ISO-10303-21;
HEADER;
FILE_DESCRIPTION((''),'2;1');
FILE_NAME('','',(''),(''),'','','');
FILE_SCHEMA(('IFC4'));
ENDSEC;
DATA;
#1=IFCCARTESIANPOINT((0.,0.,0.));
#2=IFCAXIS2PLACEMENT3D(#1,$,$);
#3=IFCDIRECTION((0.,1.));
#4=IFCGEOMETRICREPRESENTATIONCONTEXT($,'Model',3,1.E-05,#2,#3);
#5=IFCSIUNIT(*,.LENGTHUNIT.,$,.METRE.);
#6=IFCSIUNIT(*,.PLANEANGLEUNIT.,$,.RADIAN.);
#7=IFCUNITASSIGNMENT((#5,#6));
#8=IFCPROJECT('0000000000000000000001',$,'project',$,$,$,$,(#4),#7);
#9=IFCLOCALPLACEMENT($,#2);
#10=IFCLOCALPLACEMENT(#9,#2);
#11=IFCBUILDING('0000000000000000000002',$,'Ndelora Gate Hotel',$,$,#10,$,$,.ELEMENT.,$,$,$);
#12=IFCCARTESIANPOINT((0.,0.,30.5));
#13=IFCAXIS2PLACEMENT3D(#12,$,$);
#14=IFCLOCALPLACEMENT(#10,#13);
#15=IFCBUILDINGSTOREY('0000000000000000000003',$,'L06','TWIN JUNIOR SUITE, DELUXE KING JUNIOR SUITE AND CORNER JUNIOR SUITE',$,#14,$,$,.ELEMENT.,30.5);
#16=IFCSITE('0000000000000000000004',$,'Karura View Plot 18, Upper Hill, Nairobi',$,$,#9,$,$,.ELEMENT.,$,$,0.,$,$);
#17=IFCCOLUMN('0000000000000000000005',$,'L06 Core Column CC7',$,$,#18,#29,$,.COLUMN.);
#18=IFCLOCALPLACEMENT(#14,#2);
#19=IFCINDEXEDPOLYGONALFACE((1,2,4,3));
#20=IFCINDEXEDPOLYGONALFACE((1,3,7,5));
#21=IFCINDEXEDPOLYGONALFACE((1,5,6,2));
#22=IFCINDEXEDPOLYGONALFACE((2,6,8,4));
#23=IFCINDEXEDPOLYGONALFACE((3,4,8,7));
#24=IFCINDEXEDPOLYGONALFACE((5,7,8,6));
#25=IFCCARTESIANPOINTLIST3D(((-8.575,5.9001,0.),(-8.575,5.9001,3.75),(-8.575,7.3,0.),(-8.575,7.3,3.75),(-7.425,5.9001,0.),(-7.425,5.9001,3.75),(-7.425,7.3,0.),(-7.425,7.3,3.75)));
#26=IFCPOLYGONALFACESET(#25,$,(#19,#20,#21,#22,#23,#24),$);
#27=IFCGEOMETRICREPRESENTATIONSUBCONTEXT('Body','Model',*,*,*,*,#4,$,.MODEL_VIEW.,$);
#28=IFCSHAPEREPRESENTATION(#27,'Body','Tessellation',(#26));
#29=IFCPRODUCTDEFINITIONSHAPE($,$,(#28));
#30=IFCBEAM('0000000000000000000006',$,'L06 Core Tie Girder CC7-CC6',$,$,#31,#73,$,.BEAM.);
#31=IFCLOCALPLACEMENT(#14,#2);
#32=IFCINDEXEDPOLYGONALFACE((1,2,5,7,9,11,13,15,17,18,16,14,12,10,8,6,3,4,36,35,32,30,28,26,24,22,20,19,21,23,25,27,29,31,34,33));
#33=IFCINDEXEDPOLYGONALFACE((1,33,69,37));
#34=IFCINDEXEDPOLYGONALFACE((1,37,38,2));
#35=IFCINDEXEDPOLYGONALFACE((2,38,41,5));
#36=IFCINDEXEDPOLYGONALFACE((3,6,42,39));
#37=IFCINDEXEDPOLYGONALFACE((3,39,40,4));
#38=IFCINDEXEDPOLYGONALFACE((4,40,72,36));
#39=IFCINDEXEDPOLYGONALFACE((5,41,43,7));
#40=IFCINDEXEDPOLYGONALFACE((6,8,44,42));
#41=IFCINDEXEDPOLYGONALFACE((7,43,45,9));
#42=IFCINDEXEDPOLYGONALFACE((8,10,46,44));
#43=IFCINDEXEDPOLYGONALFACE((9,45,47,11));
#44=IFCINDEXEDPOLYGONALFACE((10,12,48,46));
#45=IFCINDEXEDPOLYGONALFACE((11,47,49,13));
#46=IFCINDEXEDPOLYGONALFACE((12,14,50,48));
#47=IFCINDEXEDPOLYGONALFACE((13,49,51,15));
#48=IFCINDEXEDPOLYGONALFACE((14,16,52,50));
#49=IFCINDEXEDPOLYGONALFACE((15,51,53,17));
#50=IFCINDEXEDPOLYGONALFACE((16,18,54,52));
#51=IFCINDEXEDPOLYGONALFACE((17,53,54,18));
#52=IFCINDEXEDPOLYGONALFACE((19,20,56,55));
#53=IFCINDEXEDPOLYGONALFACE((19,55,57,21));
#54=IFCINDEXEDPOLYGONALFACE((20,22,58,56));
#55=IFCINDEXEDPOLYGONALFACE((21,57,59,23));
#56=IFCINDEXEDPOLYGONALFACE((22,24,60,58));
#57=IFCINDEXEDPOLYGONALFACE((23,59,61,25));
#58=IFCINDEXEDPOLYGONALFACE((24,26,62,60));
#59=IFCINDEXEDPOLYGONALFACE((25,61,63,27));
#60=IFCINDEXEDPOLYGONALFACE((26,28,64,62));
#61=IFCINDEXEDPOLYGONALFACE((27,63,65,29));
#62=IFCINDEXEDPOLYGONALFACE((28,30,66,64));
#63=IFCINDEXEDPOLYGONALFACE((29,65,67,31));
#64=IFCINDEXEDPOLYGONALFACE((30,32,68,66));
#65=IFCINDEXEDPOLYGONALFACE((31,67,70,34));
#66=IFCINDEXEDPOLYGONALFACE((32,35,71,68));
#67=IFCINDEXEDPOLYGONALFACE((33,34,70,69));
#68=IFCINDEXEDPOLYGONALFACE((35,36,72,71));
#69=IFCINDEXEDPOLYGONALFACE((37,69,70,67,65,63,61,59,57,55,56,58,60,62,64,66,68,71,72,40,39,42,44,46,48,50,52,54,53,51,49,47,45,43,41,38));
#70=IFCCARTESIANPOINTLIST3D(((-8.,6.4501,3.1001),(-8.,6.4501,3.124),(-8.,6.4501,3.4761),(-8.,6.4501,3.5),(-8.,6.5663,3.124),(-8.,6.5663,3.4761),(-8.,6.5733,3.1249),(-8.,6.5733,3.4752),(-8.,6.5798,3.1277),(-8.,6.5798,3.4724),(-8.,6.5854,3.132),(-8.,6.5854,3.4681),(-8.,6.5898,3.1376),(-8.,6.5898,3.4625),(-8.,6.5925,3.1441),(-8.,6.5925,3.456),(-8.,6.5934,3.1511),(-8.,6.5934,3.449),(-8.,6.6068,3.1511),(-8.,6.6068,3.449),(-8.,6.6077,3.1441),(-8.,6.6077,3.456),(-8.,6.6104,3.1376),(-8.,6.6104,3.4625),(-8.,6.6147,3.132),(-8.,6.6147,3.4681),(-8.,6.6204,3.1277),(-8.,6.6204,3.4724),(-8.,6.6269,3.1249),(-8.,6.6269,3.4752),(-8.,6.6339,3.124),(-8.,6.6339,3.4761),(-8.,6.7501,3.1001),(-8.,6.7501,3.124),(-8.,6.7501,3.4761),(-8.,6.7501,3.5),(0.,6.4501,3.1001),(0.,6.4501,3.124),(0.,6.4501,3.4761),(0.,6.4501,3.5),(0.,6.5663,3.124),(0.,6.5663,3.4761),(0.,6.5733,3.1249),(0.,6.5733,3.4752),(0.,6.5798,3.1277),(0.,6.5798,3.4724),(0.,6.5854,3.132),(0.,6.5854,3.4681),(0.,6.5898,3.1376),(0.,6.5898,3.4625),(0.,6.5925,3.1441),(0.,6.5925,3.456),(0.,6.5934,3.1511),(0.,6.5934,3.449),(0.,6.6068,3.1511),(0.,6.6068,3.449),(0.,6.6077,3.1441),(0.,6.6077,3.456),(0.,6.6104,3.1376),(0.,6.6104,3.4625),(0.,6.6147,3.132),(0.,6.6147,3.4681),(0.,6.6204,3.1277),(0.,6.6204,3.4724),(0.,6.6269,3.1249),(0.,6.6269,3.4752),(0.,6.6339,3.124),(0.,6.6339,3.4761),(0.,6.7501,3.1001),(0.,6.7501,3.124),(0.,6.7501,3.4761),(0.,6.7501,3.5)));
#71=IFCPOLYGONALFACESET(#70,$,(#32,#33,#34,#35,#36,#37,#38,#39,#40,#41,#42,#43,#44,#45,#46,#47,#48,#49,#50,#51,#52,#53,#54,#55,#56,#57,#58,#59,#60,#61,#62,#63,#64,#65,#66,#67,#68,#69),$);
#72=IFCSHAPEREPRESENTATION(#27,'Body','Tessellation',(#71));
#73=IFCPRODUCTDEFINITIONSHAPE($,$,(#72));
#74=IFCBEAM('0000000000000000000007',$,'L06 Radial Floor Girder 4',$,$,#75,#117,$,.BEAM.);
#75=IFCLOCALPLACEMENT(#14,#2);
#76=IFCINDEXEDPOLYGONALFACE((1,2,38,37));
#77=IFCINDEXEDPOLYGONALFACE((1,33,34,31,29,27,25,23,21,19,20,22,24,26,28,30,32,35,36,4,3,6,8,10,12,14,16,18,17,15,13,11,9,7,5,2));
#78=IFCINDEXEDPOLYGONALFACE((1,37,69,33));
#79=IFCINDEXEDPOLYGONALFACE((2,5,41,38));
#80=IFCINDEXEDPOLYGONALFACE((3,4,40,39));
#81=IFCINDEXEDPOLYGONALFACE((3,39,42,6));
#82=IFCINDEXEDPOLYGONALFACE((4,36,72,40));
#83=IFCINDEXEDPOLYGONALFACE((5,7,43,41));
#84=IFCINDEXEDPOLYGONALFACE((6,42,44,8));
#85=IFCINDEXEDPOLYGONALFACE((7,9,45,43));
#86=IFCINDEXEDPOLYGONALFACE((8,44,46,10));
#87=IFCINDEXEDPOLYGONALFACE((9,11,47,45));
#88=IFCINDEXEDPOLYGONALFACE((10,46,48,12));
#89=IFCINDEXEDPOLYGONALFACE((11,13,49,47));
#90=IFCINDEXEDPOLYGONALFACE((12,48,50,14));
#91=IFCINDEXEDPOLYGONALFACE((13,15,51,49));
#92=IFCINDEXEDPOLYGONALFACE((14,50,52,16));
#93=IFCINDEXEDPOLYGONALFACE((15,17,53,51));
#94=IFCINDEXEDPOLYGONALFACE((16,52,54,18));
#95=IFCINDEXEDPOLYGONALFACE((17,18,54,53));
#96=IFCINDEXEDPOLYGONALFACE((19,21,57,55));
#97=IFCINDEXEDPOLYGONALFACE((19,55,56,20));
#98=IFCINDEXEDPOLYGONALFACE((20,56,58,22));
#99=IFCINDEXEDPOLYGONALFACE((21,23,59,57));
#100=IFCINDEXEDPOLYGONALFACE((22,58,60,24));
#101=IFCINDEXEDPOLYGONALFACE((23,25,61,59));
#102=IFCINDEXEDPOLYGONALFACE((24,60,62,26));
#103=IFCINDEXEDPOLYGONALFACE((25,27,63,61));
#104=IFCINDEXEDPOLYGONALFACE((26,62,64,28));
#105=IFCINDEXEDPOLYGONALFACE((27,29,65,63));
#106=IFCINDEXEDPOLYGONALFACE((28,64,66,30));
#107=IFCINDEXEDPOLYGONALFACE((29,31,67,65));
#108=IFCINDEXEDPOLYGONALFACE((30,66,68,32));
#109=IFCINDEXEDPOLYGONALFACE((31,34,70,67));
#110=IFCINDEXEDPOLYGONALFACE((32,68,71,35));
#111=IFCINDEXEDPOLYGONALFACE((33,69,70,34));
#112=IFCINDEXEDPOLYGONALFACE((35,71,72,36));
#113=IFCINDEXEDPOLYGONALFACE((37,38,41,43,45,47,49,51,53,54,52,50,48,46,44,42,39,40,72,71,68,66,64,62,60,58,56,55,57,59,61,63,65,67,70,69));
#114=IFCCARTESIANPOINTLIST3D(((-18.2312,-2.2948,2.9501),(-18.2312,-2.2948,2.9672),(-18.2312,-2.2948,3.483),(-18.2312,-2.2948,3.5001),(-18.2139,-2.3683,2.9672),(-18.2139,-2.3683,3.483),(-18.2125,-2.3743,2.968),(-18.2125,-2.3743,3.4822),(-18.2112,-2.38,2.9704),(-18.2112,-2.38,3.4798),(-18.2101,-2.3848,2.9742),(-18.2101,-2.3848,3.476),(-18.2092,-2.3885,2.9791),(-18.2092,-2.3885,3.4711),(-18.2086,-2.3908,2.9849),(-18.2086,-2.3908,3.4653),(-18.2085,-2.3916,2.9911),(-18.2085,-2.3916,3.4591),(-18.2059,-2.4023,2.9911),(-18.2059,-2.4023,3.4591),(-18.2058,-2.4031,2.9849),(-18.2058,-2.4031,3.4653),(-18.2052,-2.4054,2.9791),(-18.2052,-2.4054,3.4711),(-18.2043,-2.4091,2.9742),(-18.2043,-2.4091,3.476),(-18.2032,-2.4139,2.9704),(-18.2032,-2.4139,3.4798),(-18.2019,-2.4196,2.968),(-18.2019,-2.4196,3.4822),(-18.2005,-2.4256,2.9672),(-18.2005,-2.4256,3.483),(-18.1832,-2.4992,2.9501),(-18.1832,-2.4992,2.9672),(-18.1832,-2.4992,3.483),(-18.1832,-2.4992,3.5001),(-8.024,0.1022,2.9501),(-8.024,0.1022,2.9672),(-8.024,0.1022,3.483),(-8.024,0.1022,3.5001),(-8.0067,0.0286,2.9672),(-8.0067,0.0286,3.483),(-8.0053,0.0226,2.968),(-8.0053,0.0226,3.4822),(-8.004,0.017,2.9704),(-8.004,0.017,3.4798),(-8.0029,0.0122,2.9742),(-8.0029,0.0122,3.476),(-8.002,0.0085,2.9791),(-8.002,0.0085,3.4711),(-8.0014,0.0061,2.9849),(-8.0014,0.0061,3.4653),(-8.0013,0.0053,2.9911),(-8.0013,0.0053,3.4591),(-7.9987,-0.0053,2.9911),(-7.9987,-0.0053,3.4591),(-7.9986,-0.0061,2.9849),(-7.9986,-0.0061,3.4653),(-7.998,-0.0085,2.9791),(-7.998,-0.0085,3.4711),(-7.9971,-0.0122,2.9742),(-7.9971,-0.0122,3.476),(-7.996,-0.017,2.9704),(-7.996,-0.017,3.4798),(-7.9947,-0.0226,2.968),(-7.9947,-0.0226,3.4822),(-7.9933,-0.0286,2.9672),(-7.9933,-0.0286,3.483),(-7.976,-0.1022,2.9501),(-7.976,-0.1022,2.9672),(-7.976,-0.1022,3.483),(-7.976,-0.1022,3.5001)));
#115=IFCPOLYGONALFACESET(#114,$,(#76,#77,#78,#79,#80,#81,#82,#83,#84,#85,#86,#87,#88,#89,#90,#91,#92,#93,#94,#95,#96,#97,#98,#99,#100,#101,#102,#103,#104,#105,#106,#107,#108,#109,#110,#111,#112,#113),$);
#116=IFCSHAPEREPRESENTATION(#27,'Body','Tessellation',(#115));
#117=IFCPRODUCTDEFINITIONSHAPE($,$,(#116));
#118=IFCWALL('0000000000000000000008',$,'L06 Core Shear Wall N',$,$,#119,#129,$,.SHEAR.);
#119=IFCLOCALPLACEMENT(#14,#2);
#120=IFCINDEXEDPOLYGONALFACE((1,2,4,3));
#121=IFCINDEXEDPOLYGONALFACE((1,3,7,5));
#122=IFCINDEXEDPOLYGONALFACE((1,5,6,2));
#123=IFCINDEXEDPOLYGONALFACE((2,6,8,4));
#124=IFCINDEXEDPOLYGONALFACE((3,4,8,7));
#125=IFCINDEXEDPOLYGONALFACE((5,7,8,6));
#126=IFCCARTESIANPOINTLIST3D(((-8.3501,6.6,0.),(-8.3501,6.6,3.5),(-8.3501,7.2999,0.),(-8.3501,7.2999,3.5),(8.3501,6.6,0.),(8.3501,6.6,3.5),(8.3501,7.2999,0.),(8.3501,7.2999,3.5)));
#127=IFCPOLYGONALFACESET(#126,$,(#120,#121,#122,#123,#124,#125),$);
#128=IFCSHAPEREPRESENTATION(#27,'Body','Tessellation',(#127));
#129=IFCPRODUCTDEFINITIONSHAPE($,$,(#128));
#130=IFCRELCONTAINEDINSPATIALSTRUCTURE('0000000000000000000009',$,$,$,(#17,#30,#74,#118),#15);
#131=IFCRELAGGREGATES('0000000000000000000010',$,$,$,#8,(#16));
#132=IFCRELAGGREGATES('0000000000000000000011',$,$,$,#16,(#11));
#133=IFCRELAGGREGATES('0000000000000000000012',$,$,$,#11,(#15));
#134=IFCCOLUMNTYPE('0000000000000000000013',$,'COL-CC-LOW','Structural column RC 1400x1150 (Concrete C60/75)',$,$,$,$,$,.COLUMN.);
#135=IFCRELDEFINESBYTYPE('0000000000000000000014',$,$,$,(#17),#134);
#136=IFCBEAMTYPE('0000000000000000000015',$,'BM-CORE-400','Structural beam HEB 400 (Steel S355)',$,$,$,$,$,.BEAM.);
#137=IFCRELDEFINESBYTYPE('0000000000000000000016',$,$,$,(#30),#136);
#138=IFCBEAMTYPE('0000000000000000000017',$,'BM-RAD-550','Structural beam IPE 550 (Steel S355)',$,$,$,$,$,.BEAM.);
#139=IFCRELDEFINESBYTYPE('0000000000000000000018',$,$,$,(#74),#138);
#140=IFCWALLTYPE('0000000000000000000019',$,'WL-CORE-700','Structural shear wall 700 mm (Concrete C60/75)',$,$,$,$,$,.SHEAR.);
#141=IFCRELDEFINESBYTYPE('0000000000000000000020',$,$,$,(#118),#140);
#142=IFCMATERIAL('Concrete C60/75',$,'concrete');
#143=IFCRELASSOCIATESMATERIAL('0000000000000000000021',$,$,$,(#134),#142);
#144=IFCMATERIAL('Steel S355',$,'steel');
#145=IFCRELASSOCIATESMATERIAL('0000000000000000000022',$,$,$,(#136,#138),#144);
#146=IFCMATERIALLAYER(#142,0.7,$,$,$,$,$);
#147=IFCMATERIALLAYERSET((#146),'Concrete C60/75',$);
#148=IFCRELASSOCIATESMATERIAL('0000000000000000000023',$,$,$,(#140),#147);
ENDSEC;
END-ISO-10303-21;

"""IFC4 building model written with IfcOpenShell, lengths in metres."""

from ifc_helpers import new_model, si_unit, direction, frame, frame_2d, origin, origin_2d, place, context, subcontext, project, spatial, rectangle, i_section, extrude, material, layer, layer_set, material_profile, profile_set, type_object, element, save


model = new_model("IFC4")

# Units and contexts
model_context = context("Model", 3, precision=1e-05, world=origin(), true_north=direction((0.0, 1.0)))
body_context = subcontext(model_context, "Body", "Model", "MODEL_VIEW")
ifc_project = project(units=[si_unit("LENGTHUNIT", "METRE"), si_unit("PLANEANGLEUNIT", "RADIAN")], contexts=[model_context])

# Site, building, storey
site_placement = place(None, origin())
site = spatial("IfcSite", under=ifc_project, at=site_placement, Name="Karura View Plot 18, Upper Hill, Nairobi", CompositionType="ELEMENT", RefElevation=0.0)
building_placement = place(site_placement, origin())
building = spatial("IfcBuilding", under=site, at=building_placement, Name="Ndelora Gate Hotel", CompositionType="ELEMENT")
storey_placement = place(building_placement, frame((0.0, 0.0, 30.5)))
storey = spatial("IfcBuildingStorey", under=building, at=storey_placement, Name="L06", Description="TWIN JUNIOR SUITE, DELUXE KING JUNIOR SUITE AND CORNER JUNIOR SUITE", CompositionType="ELEMENT", Elevation=30.5)

# Column
ifc_material_1 = material(Name="Concrete C60/75", Category="concrete")
ifc_material_profile_1 = material_profile(ifc_material_1, rectangle(XDim=1.1499, YDim=1.3999, at=origin_2d()), Name="RC 1400x1150")
ifc_profile_set_1 = profile_set([ifc_material_profile_1], Name="Concrete C60/75")
column_type = type_object("IfcColumnType", Name="COL-CC-LOW", Description="Structural column RC 1400x1150 (Concrete C60/75)", PredefinedType="COLUMN", material=ifc_profile_set_1)
column_placement = place(storey_placement, frame((-8.0, 6.6001, 0.0), z_axis=(0.0, 0.0, 1.0), x_axis=(1.0, 0.0, 0.0)))
element("IfcColumn", 1, at=column_placement, inside=storey, type_object=column_type, Name="L06 Core Column CC7", PredefinedType="COLUMN", context=body_context, shape_type="SweptSolid", body=[
    extrude(rectangle(XDim=1.1499, YDim=1.3999, at=origin_2d()), origin(), (0.0, 0.0, 1.0), 3.75),
])

# Beams
ifc_material_2 = material(Name="Steel S355", Category="steel")
ifc_material_profile_2 = material_profile(ifc_material_2, i_section(OverallWidth=0.3, OverallDepth=0.3999, WebThickness=0.0134, FlangeThickness=0.0239, FilletRadius=0.0271, at=origin_2d()), Name="HEB 400")
ifc_profile_set_2 = profile_set([ifc_material_profile_2], Name="Steel S355")
beam_type_1 = type_object("IfcBeamType", Name="BM-CORE-400", Description="Structural beam HEB 400 (Steel S355)", PredefinedType="BEAM", material=ifc_profile_set_2)
beam_1_placement = place(storey_placement, frame((-8.0, 6.6001, 3.3), z_axis=(1.0, 0.0, 0.0), x_axis=(0.0, 1.0, 0.0)))
element("IfcBeam", 2, at=beam_1_placement, inside=storey, type_object=beam_type_1, Name="L06 Core Tie Girder CC7-CC6", PredefinedType="BEAM", context=body_context, shape_type="SweptSolid", body=[
    extrude(i_section(OverallWidth=0.3, OverallDepth=0.3999, WebThickness=0.0134, FlangeThickness=0.0239, FilletRadius=0.0271, at=origin_2d()), origin(), (0.0, 0.0, 1.0), 8.0),
])
ifc_material_profile_3 = material_profile(ifc_material_2, i_section(OverallWidth=0.21, OverallDepth=0.55, WebThickness=0.011, FlangeThickness=0.0171, FilletRadius=0.0239, at=origin_2d()), Name="IPE 550")
ifc_profile_set_3 = profile_set([ifc_material_profile_3], Name="Steel S355")
beam_type_2 = type_object("IfcBeamType", Name="BM-RAD-550", Description="Structural beam IPE 550 (Steel S355)", PredefinedType="BEAM", material=ifc_profile_set_3)
beam_2_placement = place(storey_placement, frame((-8.0, 0.0, 3.2251), z_axis=(-0.973518, -0.228611, 0.0), x_axis=(0.228611, -0.973518, 0.0)))
element("IfcBeam", 3, at=beam_2_placement, inside=storey, type_object=beam_type_2, Name="L06 Radial Floor Girder 4", PredefinedType="BEAM", context=body_context, shape_type="SweptSolid", body=[
    extrude(i_section(OverallWidth=0.21, OverallDepth=0.55, WebThickness=0.011, FlangeThickness=0.0171, FilletRadius=0.0239, at=origin_2d()), origin(), (0.0, 0.0, 1.0), 10.4849),
])

# Wall
ifc_layer_1 = layer(ifc_material_1, 0.7)
ifc_layer_set_1 = layer_set([ifc_layer_1], Name="Concrete C60/75")
wall_type_1 = type_object("IfcWallType", Name="WL-CORE-700", Description="Structural shear wall 700 mm (Concrete C60/75)", PredefinedType="SHEAR", material=ifc_layer_set_1)
wall_1_placement = place(storey_placement, frame((-8.3501, 6.95, 0.0), z_axis=(0.0, 0.0, 1.0), x_axis=(1.0, 0.0, 0.0)))
element("IfcWall", 4, at=wall_1_placement, inside=storey, type_object=wall_type_1, Name="L06 Core Shear Wall N", PredefinedType="SHEAR", context=body_context, shape_type="SweptSolid", body=[
    extrude(rectangle(XDim=16.7002, YDim=0.7, at=frame_2d((8.3501, 0.0))), origin(), (0.0, 0.0, 1.0), 3.5),
])

save(model, "model.ifc")
